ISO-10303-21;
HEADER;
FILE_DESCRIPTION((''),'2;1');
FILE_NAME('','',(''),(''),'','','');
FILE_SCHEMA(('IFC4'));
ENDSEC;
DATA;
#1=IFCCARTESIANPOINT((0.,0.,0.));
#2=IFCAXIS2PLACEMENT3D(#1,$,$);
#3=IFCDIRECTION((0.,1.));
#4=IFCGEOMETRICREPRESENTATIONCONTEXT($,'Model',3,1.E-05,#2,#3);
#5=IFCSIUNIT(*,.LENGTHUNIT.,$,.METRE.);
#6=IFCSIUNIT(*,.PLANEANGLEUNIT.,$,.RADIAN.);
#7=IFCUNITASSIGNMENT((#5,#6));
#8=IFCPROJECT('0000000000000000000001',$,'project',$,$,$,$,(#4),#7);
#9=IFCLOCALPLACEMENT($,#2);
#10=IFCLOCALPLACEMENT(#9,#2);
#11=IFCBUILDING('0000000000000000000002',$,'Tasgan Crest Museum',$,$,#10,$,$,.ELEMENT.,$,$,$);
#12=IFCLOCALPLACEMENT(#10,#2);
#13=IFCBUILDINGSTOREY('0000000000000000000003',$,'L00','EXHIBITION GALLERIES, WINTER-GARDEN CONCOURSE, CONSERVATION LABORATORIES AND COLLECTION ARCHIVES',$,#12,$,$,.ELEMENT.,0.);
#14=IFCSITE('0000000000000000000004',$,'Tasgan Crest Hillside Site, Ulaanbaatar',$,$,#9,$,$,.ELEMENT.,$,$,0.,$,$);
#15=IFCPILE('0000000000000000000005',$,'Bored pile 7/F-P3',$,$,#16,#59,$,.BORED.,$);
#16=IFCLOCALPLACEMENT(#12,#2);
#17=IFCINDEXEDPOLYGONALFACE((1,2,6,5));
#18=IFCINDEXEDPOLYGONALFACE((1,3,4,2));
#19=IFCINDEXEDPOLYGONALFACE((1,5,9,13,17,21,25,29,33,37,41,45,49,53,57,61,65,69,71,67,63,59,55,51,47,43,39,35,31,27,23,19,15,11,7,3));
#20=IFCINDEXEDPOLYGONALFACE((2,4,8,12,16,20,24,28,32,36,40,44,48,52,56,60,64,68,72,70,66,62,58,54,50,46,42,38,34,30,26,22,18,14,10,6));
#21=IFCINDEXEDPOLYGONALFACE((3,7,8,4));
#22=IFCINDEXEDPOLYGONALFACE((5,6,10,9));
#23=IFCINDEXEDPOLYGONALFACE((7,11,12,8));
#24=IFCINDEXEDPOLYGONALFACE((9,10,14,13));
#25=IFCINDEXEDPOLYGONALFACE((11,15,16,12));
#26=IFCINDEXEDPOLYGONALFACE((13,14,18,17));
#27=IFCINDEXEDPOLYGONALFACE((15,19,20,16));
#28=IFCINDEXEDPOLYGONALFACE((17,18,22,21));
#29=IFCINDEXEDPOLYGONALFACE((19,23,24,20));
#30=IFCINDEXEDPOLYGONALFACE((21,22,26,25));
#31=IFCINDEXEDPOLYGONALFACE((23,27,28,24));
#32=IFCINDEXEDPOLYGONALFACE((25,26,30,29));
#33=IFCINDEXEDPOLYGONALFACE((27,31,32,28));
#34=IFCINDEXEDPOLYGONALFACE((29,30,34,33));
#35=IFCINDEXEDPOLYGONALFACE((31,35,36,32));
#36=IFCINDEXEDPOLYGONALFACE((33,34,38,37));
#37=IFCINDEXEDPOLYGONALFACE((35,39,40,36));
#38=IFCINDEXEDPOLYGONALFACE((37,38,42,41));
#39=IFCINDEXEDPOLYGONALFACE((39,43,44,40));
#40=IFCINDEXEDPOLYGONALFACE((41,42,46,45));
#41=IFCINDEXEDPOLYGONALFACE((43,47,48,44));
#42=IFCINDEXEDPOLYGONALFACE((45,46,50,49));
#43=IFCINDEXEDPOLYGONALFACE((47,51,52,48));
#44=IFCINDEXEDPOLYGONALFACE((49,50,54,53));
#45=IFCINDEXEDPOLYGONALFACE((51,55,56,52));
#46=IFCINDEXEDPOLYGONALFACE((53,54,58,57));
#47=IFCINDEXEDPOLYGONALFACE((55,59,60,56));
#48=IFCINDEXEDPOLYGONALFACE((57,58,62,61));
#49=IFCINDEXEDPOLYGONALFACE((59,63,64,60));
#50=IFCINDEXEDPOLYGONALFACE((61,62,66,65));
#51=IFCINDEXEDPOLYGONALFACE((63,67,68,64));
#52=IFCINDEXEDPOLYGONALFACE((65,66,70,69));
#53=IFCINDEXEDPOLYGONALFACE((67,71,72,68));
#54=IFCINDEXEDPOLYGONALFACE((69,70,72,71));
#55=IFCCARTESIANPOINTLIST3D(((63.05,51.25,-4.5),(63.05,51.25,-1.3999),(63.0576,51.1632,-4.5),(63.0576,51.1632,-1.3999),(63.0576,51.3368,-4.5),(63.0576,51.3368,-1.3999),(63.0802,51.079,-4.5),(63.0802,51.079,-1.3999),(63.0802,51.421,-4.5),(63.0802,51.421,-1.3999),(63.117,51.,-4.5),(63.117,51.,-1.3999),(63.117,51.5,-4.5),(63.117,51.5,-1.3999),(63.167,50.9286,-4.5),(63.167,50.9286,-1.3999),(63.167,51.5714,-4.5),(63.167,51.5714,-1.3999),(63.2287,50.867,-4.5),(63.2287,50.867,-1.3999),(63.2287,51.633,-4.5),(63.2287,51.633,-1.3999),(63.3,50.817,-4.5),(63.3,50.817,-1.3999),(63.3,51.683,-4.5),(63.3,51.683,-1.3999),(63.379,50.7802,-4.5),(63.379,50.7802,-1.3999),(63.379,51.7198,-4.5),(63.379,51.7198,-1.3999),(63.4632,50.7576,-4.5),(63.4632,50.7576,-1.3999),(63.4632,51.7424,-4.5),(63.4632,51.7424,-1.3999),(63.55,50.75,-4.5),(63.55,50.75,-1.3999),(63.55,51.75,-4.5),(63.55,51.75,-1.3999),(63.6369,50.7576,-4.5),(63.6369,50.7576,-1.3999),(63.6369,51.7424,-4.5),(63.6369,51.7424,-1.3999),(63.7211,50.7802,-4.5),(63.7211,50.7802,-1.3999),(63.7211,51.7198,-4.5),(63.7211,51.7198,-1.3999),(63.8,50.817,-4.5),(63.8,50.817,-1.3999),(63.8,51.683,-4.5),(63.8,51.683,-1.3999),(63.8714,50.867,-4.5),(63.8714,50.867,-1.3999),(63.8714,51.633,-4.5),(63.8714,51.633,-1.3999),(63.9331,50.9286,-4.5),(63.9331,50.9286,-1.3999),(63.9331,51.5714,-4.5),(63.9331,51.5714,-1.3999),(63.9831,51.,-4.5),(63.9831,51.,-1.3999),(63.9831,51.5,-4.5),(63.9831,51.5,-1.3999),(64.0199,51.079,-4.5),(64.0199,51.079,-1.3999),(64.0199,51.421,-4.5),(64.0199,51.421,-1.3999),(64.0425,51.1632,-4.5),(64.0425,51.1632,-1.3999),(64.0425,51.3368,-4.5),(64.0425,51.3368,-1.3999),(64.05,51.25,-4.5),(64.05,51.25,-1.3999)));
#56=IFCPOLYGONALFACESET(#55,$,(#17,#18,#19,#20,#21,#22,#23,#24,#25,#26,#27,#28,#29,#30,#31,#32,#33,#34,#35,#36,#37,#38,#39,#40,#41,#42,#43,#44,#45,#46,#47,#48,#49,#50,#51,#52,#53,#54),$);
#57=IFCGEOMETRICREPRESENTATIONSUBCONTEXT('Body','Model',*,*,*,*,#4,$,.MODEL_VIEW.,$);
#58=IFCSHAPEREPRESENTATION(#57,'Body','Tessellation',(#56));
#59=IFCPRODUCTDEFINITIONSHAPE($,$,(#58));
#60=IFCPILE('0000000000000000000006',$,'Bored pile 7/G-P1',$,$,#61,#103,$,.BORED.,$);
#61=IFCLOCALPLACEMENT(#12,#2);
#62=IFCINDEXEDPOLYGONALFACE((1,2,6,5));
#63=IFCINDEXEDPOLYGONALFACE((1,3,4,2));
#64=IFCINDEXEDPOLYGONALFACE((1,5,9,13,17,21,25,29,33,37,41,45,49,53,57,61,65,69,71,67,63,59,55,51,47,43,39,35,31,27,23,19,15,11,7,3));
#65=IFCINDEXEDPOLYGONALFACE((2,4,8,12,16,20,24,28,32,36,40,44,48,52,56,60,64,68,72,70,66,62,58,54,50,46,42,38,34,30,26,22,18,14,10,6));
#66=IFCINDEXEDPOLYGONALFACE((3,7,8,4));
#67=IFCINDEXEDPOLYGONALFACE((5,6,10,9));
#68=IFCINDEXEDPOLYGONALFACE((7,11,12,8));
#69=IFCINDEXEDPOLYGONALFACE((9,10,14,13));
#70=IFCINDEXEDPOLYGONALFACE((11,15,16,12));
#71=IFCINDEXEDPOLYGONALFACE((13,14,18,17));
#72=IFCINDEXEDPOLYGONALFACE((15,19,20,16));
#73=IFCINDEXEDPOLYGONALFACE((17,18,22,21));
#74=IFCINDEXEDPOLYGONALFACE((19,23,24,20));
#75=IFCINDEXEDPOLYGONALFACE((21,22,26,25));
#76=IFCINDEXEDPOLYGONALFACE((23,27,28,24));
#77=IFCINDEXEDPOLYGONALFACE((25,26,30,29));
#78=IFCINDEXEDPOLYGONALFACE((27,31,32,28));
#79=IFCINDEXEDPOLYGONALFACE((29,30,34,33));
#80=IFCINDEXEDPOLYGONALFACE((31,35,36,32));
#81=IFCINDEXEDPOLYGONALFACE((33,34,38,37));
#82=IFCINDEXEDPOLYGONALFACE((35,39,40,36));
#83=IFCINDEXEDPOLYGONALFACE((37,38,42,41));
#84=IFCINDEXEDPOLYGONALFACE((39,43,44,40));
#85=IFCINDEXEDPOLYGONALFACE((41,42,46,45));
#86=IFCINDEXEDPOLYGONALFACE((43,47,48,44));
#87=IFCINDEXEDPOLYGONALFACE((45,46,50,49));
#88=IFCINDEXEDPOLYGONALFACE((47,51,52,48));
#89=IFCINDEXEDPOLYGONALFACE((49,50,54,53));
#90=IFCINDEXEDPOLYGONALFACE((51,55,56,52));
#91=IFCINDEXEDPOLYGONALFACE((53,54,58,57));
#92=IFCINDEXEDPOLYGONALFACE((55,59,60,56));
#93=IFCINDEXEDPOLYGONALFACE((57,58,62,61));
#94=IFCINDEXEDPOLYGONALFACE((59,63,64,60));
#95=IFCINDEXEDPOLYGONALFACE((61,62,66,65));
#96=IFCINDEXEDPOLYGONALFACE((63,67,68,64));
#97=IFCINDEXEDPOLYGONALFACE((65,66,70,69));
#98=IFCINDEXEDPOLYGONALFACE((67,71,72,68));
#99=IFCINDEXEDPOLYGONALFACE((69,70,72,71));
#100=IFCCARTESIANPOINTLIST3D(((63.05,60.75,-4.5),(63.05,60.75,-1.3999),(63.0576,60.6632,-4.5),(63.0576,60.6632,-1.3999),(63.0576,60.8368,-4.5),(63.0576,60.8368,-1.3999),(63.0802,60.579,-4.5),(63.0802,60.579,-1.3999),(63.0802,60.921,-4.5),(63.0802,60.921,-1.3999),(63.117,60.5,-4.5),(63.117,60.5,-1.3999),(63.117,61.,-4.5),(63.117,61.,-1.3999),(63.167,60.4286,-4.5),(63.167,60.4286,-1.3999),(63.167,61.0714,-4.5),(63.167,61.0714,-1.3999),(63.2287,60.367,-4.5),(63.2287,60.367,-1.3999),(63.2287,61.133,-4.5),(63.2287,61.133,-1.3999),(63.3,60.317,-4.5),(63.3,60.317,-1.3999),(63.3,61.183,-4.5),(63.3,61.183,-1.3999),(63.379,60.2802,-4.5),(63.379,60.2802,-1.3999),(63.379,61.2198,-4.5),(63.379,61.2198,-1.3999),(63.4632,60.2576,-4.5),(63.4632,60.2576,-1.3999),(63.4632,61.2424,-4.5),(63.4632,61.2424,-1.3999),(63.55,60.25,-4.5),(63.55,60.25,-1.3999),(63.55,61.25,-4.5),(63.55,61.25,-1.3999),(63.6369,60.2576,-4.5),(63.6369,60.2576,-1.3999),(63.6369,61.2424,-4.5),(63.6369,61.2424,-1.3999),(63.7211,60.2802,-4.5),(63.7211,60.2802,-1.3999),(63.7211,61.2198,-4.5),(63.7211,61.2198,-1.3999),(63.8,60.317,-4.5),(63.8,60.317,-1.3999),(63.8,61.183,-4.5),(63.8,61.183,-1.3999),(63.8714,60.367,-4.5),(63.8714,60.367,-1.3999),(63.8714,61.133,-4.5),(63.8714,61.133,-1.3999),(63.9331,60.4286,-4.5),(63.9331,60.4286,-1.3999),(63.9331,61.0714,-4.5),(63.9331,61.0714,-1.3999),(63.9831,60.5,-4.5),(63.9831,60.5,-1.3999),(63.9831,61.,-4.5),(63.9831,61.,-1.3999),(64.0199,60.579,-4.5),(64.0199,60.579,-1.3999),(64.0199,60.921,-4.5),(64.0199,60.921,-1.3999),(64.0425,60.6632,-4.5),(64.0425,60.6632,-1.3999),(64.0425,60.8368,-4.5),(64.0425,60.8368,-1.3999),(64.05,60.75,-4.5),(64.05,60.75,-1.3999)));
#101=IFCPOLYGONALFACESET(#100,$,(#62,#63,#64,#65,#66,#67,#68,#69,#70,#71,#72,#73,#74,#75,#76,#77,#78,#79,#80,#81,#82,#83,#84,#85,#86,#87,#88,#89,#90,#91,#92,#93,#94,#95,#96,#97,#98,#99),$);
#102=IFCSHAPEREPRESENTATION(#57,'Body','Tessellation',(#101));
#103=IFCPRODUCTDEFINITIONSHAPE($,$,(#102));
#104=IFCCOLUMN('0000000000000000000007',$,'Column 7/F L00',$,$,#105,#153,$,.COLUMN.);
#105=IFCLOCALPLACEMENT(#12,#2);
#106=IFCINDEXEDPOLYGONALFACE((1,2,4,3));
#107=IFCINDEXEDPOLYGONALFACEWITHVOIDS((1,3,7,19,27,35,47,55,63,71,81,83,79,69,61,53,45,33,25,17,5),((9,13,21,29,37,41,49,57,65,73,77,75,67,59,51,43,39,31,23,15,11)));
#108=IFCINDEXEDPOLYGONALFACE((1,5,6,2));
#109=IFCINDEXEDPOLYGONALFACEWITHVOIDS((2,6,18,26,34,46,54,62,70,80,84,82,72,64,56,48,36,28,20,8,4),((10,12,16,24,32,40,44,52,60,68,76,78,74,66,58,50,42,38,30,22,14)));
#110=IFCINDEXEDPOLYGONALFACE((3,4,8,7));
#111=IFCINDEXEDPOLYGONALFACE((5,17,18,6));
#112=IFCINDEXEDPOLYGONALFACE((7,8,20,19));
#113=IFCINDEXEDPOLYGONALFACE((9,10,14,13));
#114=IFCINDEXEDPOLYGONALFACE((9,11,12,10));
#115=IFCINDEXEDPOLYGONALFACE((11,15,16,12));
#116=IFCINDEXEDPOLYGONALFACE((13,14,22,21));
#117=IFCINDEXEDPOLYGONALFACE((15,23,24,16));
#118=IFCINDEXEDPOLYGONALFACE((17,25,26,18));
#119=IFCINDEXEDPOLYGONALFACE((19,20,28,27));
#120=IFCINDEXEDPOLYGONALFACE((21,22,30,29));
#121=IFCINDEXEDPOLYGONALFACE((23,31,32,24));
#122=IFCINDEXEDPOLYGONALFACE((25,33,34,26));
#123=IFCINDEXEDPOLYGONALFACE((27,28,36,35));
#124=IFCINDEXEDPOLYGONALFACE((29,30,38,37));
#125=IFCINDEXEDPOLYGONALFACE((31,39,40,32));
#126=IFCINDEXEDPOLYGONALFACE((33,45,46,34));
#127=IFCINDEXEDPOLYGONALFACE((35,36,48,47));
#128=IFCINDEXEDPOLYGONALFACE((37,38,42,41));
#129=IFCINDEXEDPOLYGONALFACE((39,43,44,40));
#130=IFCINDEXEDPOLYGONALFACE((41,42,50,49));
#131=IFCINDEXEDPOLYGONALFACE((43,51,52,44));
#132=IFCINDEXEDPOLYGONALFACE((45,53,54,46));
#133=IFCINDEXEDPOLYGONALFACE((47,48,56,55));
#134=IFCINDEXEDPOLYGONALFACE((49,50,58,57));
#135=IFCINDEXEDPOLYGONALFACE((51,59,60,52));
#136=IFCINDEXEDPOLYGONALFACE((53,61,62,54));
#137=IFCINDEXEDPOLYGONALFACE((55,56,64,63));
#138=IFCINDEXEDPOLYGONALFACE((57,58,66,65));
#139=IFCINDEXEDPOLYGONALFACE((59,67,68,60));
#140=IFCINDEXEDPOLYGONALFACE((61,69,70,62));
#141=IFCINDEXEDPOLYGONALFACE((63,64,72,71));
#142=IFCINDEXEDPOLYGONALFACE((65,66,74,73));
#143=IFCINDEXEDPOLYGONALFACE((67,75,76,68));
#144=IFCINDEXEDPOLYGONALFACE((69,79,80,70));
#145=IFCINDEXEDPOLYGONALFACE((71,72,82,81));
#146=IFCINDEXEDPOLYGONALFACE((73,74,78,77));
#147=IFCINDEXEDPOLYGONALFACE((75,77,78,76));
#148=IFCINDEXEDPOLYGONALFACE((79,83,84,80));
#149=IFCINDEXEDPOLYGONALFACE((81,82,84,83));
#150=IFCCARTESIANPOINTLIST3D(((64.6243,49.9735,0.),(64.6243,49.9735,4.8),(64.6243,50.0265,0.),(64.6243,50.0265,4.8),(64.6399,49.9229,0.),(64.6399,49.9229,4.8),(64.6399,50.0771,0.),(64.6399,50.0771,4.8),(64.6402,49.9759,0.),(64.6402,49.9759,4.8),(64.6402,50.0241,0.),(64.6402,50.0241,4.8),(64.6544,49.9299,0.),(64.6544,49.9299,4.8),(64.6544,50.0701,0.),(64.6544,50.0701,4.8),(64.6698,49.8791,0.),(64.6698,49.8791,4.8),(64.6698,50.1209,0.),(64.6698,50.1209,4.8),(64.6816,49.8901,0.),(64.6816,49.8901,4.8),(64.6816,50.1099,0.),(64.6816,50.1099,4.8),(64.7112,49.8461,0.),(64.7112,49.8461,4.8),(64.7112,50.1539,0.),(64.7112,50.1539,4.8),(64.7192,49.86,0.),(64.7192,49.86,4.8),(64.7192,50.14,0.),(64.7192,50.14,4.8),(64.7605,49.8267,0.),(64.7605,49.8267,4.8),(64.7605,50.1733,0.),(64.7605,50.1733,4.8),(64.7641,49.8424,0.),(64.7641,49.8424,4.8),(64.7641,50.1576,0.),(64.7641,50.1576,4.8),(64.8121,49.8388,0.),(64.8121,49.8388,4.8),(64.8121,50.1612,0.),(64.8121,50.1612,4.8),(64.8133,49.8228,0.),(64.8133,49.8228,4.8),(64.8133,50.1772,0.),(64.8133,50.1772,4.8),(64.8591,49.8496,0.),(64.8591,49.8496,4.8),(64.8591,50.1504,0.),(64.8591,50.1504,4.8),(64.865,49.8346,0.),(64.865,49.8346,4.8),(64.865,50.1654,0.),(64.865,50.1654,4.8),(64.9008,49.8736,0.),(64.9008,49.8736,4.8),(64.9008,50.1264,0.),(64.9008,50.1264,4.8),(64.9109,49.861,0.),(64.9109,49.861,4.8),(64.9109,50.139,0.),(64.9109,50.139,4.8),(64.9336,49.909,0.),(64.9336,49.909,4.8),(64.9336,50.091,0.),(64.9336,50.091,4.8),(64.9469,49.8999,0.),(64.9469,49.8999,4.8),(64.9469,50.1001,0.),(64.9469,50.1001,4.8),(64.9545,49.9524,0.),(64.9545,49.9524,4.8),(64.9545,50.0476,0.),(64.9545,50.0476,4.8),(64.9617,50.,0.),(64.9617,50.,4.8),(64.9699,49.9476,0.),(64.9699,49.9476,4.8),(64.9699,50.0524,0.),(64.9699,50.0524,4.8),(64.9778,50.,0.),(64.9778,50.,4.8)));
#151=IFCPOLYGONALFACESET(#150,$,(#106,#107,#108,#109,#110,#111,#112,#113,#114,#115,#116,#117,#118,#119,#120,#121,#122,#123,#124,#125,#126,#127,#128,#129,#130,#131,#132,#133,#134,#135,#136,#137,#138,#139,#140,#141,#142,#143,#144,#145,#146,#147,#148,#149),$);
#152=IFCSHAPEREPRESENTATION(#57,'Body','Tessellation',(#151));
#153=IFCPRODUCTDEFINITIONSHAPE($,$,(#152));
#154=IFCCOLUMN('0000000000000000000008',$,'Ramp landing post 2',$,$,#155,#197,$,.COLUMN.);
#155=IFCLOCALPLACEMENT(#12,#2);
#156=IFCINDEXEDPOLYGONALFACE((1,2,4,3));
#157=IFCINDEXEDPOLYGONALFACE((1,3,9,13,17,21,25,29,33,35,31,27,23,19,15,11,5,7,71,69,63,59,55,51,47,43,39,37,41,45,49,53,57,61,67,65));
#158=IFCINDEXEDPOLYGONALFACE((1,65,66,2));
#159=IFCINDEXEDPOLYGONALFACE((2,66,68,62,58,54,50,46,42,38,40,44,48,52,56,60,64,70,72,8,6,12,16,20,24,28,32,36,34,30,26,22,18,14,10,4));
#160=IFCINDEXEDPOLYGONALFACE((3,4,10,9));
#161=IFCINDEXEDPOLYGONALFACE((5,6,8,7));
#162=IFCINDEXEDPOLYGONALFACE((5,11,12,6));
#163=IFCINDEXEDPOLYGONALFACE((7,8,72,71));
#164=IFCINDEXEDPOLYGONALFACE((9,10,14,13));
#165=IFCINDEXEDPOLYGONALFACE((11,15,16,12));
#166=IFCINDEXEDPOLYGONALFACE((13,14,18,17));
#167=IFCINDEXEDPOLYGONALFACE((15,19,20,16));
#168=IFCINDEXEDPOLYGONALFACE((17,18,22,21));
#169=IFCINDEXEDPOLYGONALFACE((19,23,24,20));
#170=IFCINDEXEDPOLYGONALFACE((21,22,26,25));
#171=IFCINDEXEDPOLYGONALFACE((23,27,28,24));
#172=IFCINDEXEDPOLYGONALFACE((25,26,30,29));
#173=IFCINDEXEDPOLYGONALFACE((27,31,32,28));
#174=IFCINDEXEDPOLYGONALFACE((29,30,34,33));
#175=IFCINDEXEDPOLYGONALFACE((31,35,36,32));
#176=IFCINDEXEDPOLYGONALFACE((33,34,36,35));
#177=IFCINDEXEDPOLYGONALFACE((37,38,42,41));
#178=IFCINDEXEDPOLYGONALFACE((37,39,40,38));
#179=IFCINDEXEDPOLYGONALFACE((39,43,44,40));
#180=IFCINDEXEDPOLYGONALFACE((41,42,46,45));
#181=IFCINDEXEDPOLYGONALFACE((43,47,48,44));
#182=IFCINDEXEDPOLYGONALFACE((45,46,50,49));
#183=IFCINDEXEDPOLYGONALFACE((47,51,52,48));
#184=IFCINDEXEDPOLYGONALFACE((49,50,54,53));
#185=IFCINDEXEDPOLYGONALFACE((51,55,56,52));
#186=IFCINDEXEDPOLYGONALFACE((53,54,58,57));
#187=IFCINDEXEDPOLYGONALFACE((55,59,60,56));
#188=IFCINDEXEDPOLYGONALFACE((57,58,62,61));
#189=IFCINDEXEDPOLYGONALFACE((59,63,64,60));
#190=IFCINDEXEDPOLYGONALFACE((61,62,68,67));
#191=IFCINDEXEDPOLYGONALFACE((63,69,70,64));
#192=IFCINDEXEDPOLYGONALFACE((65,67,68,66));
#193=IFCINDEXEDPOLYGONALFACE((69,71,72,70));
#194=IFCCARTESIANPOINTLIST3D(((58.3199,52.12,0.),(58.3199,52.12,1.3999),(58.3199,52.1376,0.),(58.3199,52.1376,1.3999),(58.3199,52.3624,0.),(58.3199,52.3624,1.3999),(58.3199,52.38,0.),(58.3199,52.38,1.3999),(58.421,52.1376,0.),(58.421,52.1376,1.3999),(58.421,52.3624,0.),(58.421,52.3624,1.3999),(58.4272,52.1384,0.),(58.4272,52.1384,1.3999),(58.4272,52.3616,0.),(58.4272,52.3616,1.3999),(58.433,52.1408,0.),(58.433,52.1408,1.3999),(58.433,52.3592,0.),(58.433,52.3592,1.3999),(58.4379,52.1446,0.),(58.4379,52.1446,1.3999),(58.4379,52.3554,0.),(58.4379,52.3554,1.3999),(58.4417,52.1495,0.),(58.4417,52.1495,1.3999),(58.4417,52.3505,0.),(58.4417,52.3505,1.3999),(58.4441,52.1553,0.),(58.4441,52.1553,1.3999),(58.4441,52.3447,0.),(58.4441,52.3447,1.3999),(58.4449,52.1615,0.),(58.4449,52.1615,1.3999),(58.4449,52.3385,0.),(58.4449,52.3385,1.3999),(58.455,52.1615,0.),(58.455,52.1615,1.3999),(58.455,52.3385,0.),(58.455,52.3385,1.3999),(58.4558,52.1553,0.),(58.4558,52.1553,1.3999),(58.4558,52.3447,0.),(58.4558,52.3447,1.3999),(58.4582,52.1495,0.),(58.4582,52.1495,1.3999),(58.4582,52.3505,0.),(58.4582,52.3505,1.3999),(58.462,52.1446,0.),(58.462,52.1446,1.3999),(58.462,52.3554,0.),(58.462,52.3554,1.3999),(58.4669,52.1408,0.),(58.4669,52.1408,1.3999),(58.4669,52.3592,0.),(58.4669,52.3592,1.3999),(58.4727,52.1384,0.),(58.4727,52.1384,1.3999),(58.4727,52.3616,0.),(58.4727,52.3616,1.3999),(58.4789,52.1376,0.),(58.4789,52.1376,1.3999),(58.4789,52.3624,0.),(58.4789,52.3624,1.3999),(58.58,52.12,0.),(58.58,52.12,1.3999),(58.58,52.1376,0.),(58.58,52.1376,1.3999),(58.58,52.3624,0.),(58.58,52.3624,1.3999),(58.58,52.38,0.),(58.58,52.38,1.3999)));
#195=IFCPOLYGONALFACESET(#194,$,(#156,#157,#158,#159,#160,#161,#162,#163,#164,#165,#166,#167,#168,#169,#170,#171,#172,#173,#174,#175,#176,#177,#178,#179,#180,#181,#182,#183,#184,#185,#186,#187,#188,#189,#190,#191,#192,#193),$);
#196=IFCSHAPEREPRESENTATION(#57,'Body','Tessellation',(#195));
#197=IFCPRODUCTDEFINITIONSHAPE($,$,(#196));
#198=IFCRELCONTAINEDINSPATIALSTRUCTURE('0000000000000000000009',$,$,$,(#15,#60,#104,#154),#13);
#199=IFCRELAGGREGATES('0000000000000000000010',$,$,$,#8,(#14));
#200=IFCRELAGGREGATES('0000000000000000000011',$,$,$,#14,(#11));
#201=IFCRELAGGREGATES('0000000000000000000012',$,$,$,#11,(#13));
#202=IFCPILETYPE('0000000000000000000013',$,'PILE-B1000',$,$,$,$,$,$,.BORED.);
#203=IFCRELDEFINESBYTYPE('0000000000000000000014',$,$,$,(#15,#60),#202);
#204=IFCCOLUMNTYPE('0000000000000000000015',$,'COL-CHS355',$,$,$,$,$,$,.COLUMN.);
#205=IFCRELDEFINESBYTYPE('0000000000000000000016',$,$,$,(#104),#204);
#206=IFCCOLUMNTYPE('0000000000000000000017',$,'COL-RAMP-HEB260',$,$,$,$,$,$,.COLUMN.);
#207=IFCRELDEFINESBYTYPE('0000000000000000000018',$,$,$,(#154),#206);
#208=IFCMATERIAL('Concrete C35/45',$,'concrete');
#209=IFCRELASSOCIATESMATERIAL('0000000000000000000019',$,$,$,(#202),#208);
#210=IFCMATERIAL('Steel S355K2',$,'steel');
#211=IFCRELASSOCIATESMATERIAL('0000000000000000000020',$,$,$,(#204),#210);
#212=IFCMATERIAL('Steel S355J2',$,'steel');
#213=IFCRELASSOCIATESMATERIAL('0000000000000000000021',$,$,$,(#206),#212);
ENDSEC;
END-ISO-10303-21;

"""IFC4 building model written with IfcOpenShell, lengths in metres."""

from ifc_helpers import new_model, si_unit, direction, frame, origin, origin_2d, place, context, subcontext, project, spatial, circle, hollow_circle, i_section, extrude, material, material_profile, profile_set, type_object, element, save


model = new_model("IFC4")

# Units and contexts
model_context = context("Model", 3, precision=1e-05, world=origin(), true_north=direction((0.0, 1.0)))
body_context = subcontext(model_context, "Body", "Model", "MODEL_VIEW")
ifc_project = project(units=[si_unit("LENGTHUNIT", "METRE"), si_unit("PLANEANGLEUNIT", "RADIAN")], contexts=[model_context])

# Site, building, storey
site_placement = place(None, origin())
site = spatial("IfcSite", under=ifc_project, at=site_placement, Name="Tasgan Crest Hillside Site, Ulaanbaatar", CompositionType="ELEMENT", RefElevation=0.0)
building_placement = place(site_placement, origin())
building = spatial("IfcBuilding", under=site, at=building_placement, Name="Tasgan Crest Museum", CompositionType="ELEMENT")
storey_placement = place(building_placement, origin())
storey = spatial("IfcBuildingStorey", under=building, at=storey_placement, Name="L00", Description="EXHIBITION GALLERIES, WINTER-GARDEN CONCOURSE, CONSERVATION LABORATORIES AND COLLECTION ARCHIVES", CompositionType="ELEMENT", Elevation=0.0)

# Piles
ifc_material_1 = material(Name="Concrete C35/45", Category="concrete")
ifc_material_profile_1 = material_profile(ifc_material_1, circle(Radius=0.5, at=origin_2d()), Name="PILE D1000")
ifc_profile_set_1 = profile_set([ifc_material_profile_1], Name="Concrete C35/45")
pile_type = type_object("IfcPileType", Name="PILE-B1000", PredefinedType="BORED", material=ifc_profile_set_1)
for number, where, z_axis, x_axis, name in (
    (1, (63.55, 51.25, -1.3999), (0.0, 0.0, -1.0), (1.0, 0.0, 0.0), "Bored pile 7/F-P3"),
    (2, (63.55, 60.75, -1.3999), (0.0, 0.0, -1.0), (1.0, 0.0, 0.0), "Bored pile 7/G-P1"),
):
    element("IfcPile", number, at=place(storey_placement, frame(where, z_axis=z_axis, x_axis=x_axis)), inside=storey, type_object=pile_type, Name=name, PredefinedType="BORED", context=body_context, shape_type="SweptSolid", body=[
        extrude(circle(Radius=0.5, at=origin_2d()), origin(), (0.0, 0.0, 1.0), 3.1001),
    ])

# Columns
ifc_material_2 = material(Name="Steel S355K2", Category="steel")
ifc_material_profile_2 = material_profile(ifc_material_2, hollow_circle(Radius=0.1777, WallThickness=0.0161, at=origin_2d()), Name="CHS 355.6x16")
ifc_profile_set_2 = profile_set([ifc_material_profile_2], Name="Steel S355K2")
column_type_1 = type_object("IfcColumnType", Name="COL-CHS355", PredefinedType="COLUMN", material=ifc_profile_set_2)
column_placement = place(storey_placement, frame((64.8, 50.0, 0.0), z_axis=(0.0, 0.0, 1.0), x_axis=(1.0, 0.0, 0.0)))
element("IfcColumn", 3, at=column_placement, inside=storey, type_object=column_type_1, Name="Column 7/F L00", PredefinedType="COLUMN", context=body_context, shape_type="SweptSolid", body=[
    extrude(hollow_circle(Radius=0.1777, WallThickness=0.0161, at=origin_2d()), origin(), (0.0, 0.0, 1.0), 4.8),
])
ifc_material_3 = material(Name="Steel S355J2", Category="steel")
ifc_material_profile_3 = material_profile(ifc_material_3, i_section(OverallWidth=0.26, OverallDepth=0.26, WebThickness=0.01, FlangeThickness=0.0176, FilletRadius=0.0239, at=origin_2d()), Name="HEB 260")
ifc_profile_set_3 = profile_set([ifc_material_profile_3], Name="Steel S355J2")
column_type_2 = type_object("IfcColumnType", Name="COL-RAMP-HEB260", PredefinedType="COLUMN", material=ifc_profile_set_3)
for number, where, z_axis, x_axis, name in (
    (4, (58.45, 52.25, 0.0), (0.0, 0.0, 1.0), (1.0, 0.0, 0.0), "Ramp landing post 2"),
):
    element("IfcColumn", number, at=place(storey_placement, frame(where, z_axis=z_axis, x_axis=x_axis)), inside=storey, type_object=column_type_2, Name=name, PredefinedType="COLUMN", context=body_context, shape_type="SweptSolid", body=[
        extrude(i_section(OverallWidth=0.26, OverallDepth=0.26, WebThickness=0.01, FlangeThickness=0.0176, FilletRadius=0.0239, at=origin_2d()), origin(), (0.0, 0.0, 1.0), 1.3999),
    ])

save(model, "model.ifc")
